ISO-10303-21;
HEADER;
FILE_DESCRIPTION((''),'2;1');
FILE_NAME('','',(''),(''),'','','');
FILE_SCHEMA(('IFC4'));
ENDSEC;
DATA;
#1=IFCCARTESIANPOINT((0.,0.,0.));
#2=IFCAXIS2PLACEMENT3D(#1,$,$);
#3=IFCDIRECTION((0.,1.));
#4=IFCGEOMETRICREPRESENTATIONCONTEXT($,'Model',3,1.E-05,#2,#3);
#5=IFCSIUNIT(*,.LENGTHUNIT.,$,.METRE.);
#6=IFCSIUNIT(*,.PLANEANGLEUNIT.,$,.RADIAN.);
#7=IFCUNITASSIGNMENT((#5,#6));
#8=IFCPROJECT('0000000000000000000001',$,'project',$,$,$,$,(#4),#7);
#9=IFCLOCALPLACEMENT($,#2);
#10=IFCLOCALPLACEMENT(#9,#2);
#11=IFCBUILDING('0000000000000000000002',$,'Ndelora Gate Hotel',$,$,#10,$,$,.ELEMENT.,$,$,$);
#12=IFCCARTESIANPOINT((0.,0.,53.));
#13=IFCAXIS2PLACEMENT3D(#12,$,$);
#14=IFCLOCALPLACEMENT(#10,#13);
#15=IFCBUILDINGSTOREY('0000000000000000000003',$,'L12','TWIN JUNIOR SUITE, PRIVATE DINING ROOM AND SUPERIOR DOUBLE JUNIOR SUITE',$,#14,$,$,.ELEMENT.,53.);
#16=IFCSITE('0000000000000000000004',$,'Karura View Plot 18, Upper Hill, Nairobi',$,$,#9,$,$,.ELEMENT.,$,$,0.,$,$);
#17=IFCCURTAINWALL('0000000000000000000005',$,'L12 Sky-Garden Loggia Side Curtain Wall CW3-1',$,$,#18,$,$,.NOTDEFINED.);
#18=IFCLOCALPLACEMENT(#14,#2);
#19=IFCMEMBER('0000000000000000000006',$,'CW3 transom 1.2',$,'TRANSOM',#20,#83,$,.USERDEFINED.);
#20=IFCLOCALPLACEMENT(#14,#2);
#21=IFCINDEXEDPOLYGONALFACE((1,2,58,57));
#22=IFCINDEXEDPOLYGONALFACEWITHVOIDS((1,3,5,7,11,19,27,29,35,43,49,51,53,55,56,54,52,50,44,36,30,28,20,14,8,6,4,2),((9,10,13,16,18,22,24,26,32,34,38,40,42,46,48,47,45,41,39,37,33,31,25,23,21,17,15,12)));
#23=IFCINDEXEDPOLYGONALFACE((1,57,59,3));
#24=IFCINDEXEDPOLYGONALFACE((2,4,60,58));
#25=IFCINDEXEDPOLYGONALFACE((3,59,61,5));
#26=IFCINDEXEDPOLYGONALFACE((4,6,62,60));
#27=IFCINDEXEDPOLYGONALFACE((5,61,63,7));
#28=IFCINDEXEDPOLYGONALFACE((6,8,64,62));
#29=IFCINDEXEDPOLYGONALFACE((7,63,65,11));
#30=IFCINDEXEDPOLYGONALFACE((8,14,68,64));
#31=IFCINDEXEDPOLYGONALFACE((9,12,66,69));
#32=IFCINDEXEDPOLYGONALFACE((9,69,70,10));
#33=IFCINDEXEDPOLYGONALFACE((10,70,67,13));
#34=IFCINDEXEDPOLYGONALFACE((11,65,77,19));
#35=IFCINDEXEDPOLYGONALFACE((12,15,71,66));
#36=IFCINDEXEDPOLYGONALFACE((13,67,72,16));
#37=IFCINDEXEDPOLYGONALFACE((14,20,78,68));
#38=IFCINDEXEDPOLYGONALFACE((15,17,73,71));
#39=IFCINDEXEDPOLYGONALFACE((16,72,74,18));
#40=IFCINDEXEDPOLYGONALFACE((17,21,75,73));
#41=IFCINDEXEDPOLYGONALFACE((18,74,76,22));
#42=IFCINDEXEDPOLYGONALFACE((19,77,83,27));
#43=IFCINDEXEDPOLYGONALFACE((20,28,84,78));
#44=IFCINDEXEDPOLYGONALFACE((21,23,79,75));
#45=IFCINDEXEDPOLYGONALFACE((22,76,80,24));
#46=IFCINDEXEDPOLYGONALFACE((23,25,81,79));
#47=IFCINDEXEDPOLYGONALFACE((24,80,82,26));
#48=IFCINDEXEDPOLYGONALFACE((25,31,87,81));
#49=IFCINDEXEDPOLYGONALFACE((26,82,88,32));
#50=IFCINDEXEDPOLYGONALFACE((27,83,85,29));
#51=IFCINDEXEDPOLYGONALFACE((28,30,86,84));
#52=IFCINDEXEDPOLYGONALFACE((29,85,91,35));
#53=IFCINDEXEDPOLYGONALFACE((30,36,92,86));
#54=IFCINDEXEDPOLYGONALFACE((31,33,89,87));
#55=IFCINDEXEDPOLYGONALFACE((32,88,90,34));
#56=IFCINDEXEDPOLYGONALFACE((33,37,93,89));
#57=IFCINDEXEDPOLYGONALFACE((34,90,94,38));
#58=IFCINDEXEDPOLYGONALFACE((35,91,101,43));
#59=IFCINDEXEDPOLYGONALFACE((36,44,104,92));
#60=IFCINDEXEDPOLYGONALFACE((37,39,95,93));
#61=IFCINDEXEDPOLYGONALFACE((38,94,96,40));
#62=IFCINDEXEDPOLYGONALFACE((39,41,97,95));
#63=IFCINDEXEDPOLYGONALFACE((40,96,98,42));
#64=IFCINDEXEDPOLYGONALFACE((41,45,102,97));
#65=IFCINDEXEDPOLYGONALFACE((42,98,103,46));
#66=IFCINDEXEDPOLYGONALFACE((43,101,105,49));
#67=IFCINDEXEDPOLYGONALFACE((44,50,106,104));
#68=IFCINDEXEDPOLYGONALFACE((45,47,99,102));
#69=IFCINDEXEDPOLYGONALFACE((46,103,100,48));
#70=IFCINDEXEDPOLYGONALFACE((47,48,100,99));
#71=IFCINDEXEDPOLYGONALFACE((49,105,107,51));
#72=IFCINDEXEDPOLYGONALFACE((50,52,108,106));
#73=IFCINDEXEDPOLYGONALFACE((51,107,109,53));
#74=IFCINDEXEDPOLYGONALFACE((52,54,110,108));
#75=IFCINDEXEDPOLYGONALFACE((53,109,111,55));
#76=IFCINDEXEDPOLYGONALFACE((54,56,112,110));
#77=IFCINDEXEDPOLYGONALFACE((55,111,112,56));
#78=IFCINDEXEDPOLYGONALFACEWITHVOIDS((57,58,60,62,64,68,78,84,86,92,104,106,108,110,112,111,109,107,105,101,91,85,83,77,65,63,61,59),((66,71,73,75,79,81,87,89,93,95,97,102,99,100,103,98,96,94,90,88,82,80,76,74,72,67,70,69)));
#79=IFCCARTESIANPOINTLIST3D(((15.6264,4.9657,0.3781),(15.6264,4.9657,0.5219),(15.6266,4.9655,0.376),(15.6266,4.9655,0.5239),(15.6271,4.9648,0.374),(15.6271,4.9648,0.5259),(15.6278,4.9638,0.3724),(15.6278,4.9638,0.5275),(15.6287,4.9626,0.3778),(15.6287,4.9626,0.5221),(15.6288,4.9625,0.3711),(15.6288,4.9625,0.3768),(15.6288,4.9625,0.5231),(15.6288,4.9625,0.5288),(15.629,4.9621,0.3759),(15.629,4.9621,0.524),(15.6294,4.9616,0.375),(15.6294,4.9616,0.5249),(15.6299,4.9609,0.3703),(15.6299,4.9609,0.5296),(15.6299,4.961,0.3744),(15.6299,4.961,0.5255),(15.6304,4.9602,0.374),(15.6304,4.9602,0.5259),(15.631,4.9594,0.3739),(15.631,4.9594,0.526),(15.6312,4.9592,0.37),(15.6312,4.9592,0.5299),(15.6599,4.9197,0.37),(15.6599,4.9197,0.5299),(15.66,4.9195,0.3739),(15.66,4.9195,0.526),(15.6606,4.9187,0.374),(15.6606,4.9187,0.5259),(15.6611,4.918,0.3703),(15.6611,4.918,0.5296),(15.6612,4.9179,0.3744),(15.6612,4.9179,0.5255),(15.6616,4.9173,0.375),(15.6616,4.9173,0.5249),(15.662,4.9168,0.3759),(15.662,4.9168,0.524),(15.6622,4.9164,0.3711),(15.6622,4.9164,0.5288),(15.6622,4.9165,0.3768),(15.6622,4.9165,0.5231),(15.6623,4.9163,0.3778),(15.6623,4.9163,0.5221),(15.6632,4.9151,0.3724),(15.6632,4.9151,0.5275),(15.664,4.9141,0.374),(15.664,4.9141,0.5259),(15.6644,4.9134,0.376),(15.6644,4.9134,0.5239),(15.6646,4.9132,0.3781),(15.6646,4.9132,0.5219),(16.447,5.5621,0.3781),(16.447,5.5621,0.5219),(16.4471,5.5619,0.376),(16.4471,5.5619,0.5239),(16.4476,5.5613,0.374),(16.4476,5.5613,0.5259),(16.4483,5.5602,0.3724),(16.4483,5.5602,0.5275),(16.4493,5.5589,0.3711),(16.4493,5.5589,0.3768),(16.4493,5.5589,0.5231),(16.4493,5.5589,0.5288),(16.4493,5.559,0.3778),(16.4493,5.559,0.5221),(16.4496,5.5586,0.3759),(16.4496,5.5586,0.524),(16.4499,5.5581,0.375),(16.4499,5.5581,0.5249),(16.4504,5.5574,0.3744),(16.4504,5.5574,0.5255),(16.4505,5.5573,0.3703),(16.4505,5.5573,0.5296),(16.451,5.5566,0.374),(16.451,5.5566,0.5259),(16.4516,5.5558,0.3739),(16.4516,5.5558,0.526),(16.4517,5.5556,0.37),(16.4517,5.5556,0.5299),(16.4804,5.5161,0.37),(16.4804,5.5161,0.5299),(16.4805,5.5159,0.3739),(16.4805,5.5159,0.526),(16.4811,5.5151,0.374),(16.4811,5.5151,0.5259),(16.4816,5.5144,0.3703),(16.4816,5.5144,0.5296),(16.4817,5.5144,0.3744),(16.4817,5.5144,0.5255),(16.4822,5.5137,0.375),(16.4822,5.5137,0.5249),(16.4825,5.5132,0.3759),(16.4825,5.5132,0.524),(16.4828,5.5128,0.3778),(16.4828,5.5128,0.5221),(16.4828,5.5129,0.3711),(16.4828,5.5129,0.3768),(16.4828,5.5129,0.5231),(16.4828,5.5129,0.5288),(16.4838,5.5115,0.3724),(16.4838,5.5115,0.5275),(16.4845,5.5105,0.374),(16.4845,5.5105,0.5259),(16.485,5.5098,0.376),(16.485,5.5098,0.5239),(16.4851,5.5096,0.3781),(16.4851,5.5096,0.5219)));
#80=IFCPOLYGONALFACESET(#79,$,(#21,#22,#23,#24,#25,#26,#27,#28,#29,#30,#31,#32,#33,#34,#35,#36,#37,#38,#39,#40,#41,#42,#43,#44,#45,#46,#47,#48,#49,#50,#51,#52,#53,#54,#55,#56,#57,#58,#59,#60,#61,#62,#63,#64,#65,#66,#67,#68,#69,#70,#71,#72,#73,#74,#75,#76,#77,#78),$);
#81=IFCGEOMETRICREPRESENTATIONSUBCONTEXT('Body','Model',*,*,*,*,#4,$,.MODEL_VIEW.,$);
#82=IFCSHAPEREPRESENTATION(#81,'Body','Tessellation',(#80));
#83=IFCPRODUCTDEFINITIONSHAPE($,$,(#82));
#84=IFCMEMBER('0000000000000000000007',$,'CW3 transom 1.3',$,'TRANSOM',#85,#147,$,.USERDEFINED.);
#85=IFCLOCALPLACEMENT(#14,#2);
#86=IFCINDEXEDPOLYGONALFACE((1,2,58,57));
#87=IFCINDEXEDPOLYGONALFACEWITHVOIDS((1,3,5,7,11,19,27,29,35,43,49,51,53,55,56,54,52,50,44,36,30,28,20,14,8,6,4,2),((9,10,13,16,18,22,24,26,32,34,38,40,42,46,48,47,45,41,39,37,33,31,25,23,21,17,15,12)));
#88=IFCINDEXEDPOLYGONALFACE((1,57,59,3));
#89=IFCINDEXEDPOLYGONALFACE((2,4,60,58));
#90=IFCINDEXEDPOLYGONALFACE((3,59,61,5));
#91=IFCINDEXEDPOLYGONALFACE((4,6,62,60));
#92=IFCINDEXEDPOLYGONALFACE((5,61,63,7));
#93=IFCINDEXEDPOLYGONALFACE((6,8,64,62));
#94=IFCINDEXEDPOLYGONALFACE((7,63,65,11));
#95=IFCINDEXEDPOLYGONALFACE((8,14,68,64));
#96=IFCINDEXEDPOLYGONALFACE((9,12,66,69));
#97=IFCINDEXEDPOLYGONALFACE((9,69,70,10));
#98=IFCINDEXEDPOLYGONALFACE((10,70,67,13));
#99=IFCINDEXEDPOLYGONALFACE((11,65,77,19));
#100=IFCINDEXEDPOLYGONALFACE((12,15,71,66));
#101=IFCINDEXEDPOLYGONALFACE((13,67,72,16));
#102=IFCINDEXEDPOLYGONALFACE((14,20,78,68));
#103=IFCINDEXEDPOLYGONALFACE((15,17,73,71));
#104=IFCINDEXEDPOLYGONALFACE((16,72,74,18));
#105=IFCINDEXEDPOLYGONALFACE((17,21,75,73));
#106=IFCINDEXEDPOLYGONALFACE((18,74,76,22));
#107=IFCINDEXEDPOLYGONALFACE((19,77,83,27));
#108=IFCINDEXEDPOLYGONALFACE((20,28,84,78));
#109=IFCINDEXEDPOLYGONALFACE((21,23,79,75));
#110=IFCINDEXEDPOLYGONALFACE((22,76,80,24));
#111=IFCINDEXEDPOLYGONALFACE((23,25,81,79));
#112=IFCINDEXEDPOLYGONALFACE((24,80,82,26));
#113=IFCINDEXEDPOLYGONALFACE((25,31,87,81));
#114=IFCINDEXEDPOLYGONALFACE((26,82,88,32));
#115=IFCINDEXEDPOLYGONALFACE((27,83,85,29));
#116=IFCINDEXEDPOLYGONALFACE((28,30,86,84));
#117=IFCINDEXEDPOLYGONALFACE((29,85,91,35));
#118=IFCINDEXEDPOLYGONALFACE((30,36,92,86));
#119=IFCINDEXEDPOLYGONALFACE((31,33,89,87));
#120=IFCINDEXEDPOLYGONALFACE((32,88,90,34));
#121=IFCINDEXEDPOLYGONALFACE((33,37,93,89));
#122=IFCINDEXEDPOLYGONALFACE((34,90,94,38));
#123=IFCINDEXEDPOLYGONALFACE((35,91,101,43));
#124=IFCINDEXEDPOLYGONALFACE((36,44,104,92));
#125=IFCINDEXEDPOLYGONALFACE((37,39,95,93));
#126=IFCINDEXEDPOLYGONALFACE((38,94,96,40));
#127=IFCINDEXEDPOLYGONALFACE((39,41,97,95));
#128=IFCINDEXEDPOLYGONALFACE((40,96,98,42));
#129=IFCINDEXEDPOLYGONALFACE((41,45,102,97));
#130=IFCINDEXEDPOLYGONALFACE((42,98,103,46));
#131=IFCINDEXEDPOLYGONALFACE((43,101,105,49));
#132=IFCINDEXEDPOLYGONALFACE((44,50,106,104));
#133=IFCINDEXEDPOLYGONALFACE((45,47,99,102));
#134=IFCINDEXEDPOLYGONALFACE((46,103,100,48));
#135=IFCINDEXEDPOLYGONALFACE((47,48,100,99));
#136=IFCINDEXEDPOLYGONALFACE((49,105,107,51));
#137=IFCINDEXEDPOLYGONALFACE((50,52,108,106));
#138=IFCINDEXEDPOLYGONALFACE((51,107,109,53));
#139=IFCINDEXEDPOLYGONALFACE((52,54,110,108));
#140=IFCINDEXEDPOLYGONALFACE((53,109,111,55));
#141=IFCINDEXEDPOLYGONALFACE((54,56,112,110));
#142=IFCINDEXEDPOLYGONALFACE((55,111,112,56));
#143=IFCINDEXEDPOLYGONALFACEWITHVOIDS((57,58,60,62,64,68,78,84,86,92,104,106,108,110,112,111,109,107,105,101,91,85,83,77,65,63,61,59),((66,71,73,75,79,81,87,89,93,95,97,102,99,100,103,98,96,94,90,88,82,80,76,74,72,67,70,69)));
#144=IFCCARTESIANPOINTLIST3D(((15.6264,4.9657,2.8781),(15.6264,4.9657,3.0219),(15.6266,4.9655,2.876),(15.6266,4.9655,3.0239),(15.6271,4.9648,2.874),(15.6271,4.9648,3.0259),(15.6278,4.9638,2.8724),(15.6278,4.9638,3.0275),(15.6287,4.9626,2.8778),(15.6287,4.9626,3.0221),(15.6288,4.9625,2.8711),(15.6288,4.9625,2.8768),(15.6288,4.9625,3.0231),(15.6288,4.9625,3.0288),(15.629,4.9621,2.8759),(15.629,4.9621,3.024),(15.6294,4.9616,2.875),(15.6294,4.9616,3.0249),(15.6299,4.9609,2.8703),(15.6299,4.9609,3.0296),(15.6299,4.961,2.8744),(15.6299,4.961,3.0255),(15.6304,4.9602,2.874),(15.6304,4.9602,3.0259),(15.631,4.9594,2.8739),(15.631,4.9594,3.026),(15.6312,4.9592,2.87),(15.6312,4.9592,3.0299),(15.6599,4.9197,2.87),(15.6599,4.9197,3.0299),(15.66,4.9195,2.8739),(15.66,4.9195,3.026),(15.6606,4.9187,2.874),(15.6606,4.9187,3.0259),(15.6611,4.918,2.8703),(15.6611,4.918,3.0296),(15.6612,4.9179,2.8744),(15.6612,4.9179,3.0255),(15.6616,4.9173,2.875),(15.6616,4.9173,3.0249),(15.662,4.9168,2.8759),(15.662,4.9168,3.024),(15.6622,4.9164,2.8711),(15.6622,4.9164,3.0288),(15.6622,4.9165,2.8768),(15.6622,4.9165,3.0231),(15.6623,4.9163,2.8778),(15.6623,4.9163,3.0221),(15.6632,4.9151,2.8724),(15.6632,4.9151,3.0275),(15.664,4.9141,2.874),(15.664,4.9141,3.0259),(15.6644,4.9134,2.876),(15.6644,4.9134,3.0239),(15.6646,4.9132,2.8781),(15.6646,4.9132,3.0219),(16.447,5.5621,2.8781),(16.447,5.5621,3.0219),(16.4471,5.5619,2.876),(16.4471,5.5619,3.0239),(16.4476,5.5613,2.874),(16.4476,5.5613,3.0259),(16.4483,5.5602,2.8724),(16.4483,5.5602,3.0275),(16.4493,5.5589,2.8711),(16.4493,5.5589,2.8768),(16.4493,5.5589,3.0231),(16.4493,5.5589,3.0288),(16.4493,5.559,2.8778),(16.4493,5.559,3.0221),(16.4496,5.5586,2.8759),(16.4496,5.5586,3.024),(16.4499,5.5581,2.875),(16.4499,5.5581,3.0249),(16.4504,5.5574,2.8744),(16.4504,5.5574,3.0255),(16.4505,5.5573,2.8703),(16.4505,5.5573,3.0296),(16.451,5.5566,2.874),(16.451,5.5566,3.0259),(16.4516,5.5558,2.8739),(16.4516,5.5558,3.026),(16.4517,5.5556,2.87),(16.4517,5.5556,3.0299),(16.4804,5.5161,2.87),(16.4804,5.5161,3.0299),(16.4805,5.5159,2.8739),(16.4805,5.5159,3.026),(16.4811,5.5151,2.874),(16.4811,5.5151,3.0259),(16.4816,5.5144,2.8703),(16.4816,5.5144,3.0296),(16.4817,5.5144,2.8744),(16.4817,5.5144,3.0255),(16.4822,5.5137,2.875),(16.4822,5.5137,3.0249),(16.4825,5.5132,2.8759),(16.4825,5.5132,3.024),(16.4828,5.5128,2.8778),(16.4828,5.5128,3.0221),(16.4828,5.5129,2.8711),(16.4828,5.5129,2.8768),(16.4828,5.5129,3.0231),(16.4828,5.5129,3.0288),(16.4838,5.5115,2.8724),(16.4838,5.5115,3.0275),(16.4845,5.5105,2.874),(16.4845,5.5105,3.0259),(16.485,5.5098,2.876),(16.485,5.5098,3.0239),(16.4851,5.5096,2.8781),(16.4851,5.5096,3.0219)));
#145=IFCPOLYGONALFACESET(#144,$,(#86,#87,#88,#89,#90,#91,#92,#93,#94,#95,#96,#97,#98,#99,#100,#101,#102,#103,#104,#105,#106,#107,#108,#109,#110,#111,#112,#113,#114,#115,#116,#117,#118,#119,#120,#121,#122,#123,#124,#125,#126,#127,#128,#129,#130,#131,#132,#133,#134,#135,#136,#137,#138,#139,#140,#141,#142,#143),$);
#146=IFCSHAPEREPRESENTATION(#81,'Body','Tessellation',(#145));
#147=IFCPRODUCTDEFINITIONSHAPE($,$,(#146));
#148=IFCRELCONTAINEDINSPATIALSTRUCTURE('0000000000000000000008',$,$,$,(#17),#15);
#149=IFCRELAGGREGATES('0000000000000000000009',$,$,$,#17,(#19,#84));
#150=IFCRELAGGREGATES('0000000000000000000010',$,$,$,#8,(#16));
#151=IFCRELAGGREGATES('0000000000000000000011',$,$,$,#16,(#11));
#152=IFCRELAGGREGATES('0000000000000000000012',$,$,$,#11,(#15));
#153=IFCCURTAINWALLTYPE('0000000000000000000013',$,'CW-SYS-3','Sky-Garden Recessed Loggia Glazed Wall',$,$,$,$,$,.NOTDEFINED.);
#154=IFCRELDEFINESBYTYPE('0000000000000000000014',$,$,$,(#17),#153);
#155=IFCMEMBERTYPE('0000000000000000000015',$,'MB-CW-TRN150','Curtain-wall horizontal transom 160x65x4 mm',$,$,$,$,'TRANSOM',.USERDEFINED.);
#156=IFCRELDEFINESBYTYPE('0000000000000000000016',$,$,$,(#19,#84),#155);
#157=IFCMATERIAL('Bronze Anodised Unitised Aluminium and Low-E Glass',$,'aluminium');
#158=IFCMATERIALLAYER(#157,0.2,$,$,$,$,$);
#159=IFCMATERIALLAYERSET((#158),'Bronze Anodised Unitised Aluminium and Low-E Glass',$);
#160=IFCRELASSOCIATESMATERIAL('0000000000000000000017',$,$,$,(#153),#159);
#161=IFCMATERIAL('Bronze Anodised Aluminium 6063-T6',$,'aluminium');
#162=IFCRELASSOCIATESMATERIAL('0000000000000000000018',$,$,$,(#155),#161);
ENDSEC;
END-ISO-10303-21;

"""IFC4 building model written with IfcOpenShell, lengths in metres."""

from ifc_helpers import new_model, si_unit, direction, frame, origin, origin_2d, place, context, subcontext, project, spatial, hollow_rectangle, extrude, material, layer, layer_set, material_profile, profile_set, type_object, element, aggregate, save


model = new_model("IFC4")

# Units and contexts
model_context = context("Model", 3, precision=1e-05, world=origin(), true_north=direction((0.0, 1.0)))
body_context = subcontext(model_context, "Body", "Model", "MODEL_VIEW")
ifc_project = project(units=[si_unit("LENGTHUNIT", "METRE"), si_unit("PLANEANGLEUNIT", "RADIAN")], contexts=[model_context])

# Site, building, storey
site_placement = place(None, origin())
site = spatial("IfcSite", under=ifc_project, at=site_placement, Name="Karura View Plot 18, Upper Hill, Nairobi", CompositionType="ELEMENT", RefElevation=0.0)
building_placement = place(site_placement, origin())
building = spatial("IfcBuilding", under=site, at=building_placement, Name="Ndelora Gate Hotel", CompositionType="ELEMENT")
storey_placement = place(building_placement, frame((0.0, 0.0, 53.0)))
storey = spatial("IfcBuildingStorey", under=building, at=storey_placement, Name="L12", Description="TWIN JUNIOR SUITE, PRIVATE DINING ROOM AND SUPERIOR DOUBLE JUNIOR SUITE", CompositionType="ELEMENT", Elevation=53.0)

# Curtain wall, members
ifc_material_1 = material(Name="Bronze Anodised Unitised Aluminium and Low-E Glass", Category="aluminium")
ifc_layer_1 = layer(ifc_material_1, 0.2)
ifc_layer_set_1 = layer_set([ifc_layer_1], Name="Bronze Anodised Unitised Aluminium and Low-E Glass")
curtain_wall_type = type_object("IfcCurtainWallType", Name="CW-SYS-3", Description="Sky-Garden Recessed Loggia Glazed Wall", PredefinedType="NOTDEFINED", material=ifc_layer_set_1)
curtain_wall_placement = place(storey_placement, origin())
curtain_wall = element("IfcCurtainWall", 1, at=curtain_wall_placement, inside=storey, type_object=curtain_wall_type, Name="L12 Sky-Garden Loggia Side Curtain Wall CW3-1", PredefinedType="NOTDEFINED")
ifc_material_2 = material(Name="Bronze Anodised Aluminium 6063-T6", Category="aluminium")
ifc_material_profile_1 = material_profile(ifc_material_2, hollow_rectangle(XDim=0.0649, YDim=0.1599, WallThickness=0.0039, InnerFilletRadius=0.0039, OuterFilletRadius=0.0081, at=origin_2d()), Name="ALU 160x65x4")
ifc_profile_set_1 = profile_set([ifc_material_profile_1], Name="Bronze Anodised Aluminium 6063-T6")
member_type_1 = type_object("IfcMemberType", Name="MB-CW-TRN150", Description="Curtain-wall horizontal transom 160x65x4 mm", ElementType="TRANSOM", PredefinedType="USERDEFINED", material=ifc_profile_set_1)
member_1_placement = place(storey_placement, frame((15.6455, 4.9395, 0.45), z_axis=(0.808892, 0.587957, 0.0), x_axis=(-0.587957, 0.808892, 0.0)))
member_1 = element("IfcMember", 2, at=member_1_placement, type_object=member_type_1, Name="CW3 transom 1.2", ObjectType="TRANSOM", PredefinedType="USERDEFINED", context=body_context, shape_type="SweptSolid", body=[
    extrude(hollow_rectangle(XDim=0.0649, YDim=0.1599, WallThickness=0.0039, InnerFilletRadius=0.0039, OuterFilletRadius=0.0081, at=origin_2d()), origin(), (0.0, 0.0, 1.0), 1.0144),
])
member_2_placement = place(storey_placement, frame((15.6455, 4.9395, 2.95), z_axis=(0.808892, 0.587957, 0.0), x_axis=(-0.587957, 0.808892, 0.0)))
member_2 = element("IfcMember", 3, at=member_2_placement, type_object=member_type_1, Name="CW3 transom 1.3", ObjectType="TRANSOM", PredefinedType="USERDEFINED", context=body_context, shape_type="SweptSolid", body=[
    extrude(hollow_rectangle(XDim=0.0649, YDim=0.1599, WallThickness=0.0039, InnerFilletRadius=0.0039, OuterFilletRadius=0.0081, at=origin_2d()), origin(), (0.0, 0.0, 1.0), 1.0144),
])
aggregate(curtain_wall, [member_1, member_2])

save(model, "model.ifc")
